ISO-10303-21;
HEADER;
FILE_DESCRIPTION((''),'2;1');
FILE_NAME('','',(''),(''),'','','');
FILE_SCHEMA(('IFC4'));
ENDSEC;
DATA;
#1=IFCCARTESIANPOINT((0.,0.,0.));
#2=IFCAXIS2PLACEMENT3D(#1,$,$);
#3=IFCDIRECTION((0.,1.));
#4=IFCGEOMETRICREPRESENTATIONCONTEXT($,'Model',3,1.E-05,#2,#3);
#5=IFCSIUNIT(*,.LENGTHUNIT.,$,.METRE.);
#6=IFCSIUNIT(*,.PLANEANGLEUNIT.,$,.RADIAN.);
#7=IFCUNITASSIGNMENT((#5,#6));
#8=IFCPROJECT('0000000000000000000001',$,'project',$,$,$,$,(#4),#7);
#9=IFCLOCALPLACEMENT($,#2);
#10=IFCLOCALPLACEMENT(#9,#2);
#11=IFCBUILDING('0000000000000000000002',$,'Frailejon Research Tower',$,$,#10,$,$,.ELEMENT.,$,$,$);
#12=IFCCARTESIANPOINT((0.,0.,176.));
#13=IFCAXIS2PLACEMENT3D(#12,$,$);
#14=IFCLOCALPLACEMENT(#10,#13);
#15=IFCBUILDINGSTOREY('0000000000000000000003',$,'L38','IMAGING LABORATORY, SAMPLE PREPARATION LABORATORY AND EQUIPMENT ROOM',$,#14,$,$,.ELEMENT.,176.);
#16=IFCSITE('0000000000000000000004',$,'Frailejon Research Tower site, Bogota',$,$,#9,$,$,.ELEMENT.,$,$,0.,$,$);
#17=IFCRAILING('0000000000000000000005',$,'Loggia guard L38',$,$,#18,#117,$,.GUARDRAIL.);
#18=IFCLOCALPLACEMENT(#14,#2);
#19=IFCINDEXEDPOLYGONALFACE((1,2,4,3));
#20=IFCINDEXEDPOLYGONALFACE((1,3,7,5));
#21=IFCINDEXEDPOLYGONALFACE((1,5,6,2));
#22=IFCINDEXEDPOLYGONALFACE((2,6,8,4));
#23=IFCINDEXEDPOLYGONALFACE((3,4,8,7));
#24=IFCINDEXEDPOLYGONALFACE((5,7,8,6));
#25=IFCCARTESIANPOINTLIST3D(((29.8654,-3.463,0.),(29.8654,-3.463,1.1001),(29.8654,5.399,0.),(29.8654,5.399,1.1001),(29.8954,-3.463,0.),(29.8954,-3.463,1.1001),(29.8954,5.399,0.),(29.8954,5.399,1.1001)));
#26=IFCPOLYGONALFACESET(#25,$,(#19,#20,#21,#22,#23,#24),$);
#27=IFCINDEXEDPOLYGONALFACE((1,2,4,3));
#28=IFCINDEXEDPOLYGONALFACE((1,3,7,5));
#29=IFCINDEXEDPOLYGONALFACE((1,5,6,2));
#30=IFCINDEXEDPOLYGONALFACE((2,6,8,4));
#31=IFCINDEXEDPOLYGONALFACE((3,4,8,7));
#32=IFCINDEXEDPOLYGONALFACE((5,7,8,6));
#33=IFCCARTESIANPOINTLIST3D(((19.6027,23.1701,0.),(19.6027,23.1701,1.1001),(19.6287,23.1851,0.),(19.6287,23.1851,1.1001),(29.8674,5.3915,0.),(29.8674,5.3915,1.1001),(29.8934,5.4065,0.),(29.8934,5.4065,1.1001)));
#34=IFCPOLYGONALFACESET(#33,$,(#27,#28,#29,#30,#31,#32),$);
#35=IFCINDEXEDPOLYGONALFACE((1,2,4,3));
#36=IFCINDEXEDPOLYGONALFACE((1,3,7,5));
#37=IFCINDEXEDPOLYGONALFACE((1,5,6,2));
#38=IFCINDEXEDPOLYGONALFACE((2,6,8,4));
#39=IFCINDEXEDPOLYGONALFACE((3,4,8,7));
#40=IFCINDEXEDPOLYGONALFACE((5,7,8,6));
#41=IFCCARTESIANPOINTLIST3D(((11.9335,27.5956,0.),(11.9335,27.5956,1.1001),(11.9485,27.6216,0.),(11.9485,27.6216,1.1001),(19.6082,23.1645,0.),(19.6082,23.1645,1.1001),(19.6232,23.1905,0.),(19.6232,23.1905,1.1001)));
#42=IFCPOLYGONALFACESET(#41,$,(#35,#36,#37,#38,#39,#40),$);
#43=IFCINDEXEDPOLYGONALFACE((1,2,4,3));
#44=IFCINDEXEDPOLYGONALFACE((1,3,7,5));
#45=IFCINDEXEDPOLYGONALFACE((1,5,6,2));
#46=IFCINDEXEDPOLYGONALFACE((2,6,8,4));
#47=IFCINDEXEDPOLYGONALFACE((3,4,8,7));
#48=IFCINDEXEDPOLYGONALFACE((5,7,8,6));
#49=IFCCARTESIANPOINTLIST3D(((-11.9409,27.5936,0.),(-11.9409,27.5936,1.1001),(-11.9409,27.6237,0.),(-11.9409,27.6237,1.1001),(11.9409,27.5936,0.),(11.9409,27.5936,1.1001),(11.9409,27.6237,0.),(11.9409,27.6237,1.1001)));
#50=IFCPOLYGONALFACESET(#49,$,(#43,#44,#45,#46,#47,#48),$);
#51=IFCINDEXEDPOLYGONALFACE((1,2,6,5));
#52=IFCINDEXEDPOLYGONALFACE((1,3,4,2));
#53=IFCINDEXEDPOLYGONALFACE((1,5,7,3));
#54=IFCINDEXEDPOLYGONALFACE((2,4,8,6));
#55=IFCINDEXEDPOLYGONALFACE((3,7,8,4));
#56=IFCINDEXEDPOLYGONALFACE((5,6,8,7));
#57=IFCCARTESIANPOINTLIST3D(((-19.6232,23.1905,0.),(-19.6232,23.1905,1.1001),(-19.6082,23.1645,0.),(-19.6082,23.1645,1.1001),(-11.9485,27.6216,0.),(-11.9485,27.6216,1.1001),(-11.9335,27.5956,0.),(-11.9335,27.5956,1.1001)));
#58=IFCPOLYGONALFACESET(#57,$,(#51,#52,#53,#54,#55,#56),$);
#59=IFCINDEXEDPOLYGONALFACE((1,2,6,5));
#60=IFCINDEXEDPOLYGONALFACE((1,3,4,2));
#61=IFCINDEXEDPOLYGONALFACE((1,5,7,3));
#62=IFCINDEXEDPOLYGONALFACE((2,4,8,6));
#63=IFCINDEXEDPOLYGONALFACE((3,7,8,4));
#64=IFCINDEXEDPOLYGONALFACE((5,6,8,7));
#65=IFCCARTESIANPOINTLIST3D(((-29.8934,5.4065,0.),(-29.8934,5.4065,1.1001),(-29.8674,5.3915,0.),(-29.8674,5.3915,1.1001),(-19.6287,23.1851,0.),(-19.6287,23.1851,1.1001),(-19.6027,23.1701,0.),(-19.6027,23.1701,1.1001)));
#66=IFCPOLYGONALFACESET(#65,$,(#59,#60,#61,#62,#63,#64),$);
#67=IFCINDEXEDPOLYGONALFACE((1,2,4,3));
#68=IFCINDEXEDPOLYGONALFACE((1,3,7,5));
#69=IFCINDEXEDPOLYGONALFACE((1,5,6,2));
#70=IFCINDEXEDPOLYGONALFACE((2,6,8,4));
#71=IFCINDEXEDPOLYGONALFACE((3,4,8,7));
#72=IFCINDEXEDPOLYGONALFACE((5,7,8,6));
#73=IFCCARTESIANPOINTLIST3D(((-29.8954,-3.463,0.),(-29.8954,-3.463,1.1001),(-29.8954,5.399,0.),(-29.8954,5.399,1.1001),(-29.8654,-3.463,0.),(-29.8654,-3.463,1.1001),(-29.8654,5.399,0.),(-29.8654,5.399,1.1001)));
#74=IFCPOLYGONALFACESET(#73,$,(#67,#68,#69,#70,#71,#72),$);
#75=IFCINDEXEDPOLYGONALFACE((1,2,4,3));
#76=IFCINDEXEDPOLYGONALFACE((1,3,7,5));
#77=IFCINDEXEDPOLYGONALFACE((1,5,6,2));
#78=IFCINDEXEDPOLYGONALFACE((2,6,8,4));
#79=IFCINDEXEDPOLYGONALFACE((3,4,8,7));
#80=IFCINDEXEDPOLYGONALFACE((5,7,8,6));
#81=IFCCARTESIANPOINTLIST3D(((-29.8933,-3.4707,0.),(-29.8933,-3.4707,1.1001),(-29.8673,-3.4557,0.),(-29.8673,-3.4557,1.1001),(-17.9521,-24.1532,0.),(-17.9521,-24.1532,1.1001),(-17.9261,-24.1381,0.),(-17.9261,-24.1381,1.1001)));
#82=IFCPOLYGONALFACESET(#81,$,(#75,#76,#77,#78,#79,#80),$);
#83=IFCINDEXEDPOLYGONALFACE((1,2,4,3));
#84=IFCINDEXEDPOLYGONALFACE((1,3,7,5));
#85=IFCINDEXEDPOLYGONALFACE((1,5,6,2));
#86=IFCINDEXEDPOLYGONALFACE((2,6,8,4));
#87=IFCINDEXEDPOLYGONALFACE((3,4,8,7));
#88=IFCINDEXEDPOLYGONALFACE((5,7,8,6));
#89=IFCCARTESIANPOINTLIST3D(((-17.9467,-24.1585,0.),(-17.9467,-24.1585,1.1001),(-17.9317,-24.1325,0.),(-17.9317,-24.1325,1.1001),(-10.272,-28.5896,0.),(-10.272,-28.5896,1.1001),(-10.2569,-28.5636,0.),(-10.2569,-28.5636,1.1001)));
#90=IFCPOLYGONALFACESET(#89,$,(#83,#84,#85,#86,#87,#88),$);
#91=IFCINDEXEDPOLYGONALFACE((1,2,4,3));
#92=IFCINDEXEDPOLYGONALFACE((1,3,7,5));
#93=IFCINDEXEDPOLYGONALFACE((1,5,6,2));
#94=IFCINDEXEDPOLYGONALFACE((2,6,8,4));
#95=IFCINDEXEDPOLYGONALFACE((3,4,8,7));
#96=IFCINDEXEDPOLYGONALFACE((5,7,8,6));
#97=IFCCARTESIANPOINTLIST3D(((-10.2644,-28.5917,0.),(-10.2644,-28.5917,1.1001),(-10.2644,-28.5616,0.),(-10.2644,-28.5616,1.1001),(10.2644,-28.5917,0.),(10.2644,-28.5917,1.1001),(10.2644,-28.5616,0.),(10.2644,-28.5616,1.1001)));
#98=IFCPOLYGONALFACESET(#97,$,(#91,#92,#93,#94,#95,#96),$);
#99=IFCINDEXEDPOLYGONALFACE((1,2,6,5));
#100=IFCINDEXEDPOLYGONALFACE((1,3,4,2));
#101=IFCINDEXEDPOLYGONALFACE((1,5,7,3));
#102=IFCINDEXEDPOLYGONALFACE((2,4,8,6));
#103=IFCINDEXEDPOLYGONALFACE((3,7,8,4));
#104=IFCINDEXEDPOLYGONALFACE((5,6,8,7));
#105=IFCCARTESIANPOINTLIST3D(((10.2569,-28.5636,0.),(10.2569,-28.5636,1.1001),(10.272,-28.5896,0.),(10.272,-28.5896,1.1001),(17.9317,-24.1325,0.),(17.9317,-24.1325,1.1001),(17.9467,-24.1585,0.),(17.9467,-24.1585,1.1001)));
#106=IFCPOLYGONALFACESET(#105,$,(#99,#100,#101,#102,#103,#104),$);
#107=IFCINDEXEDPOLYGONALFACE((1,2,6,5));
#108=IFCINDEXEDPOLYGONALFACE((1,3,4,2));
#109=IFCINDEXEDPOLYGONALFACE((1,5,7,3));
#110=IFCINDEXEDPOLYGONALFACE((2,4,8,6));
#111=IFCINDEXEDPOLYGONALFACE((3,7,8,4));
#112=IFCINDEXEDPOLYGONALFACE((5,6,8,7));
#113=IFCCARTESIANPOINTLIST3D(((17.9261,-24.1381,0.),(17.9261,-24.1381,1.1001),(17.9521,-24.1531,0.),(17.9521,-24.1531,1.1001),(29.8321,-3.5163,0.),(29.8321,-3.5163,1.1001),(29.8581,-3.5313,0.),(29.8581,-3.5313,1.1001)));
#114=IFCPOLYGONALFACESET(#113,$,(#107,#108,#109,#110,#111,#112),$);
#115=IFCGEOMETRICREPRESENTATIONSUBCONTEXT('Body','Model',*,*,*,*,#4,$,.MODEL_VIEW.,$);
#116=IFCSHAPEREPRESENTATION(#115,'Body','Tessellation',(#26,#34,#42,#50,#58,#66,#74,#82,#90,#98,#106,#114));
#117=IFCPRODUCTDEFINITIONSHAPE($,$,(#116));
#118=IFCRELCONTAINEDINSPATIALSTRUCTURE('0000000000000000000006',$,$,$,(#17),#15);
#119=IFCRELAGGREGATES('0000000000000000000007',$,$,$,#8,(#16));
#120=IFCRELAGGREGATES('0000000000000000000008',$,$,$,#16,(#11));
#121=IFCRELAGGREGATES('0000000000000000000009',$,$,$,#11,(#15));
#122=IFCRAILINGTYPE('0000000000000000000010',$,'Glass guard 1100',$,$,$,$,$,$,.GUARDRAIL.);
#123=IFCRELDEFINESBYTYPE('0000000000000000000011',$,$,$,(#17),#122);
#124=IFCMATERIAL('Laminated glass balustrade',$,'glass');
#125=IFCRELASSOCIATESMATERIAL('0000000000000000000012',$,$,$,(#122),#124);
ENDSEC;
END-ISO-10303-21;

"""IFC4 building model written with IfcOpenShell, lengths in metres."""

from ifc_helpers import new_model, si_unit, direction, frame, origin, origin_2d, place, context, subcontext, project, spatial, rectangle, extrude, material, type_object, element, save


model = new_model("IFC4")

# Units and contexts
model_context = context("Model", 3, precision=1e-05, world=origin(), true_north=direction((0.0, 1.0)))
body_context = subcontext(model_context, "Body", "Model", "MODEL_VIEW")
ifc_project = project(units=[si_unit("LENGTHUNIT", "METRE"), si_unit("PLANEANGLEUNIT", "RADIAN")], contexts=[model_context])

# Site, building, storey
site_placement = place(None, origin())
site = spatial("IfcSite", under=ifc_project, at=site_placement, Name="Frailejon Research Tower site, Bogota", CompositionType="ELEMENT", RefElevation=0.0)
building_placement = place(site_placement, origin())
building = spatial("IfcBuilding", under=site, at=building_placement, Name="Frailejon Research Tower", CompositionType="ELEMENT")
storey_placement = place(building_placement, frame((0.0, 0.0, 176.0)))
storey = spatial("IfcBuildingStorey", under=building, at=storey_placement, Name="L38", Description="IMAGING LABORATORY, SAMPLE PREPARATION LABORATORY AND EQUIPMENT ROOM", CompositionType="ELEMENT", Elevation=176.0)

# Railing
ifc_material_1 = material(Name="Laminated glass balustrade", Category="glass")
railing_type = type_object("IfcRailingType", Name="Glass guard 1100", PredefinedType="GUARDRAIL", material=ifc_material_1)
railing_placement = place(storey_placement, frame((29.8804, -3.4631, 0.0)))
element("IfcRailing", 1, at=railing_placement, inside=storey, type_object=railing_type, Name="Loggia guard L38", PredefinedType="GUARDRAIL", context=body_context, shape_type="SweptSolid", body=[
    extrude(rectangle(XDim=8.8621, YDim=0.03, at=origin_2d()), frame((0.0, 4.4312, 0.0), z_axis=(0.0, 0.0, 1.0), x_axis=(0.0, 1.0, 0.0)), (0.0, 0.0, 1.0), 1.1001),
    extrude(rectangle(XDim=20.5291, YDim=0.03, at=origin_2d()), frame((-5.1323, 17.7515, 0.0), z_axis=(0.0, 0.0, 1.0), x_axis=(-0.500007, 0.866021, 0.0)), (0.0, 0.0, 1.0), 1.1001),
    extrude(rectangle(XDim=8.8621, YDim=0.03, at=origin_2d()), frame((-14.1021, 28.8562, 0.0), z_axis=(0.0, 0.0, 1.0), x_axis=(-0.86602, 0.500009, 0.0)), (0.0, 0.0, 1.0), 1.1001),
    extrude(rectangle(XDim=23.8818, YDim=0.03, at=origin_2d()), frame((-29.8804, 31.0718, 0.0), z_axis=(0.0, 0.0, 1.0), x_axis=(-1.0, 0.0, 0.0)), (0.0, 0.0, 1.0), 1.1001),
    extrude(rectangle(XDim=8.8621, YDim=0.03, at=origin_2d()), frame((-45.6587, 28.8562, 0.0), z_axis=(0.0, 0.0, 1.0), x_axis=(-0.86602, -0.500009, 0.0)), (0.0, 0.0, 1.0), 1.1001),
    extrude(rectangle(XDim=20.5291, YDim=0.03, at=origin_2d()), frame((-54.6284, 17.7515, 0.0), z_axis=(0.0, 0.0, 1.0), x_axis=(-0.500007, -0.866021, 0.0)), (0.0, 0.0, 1.0), 1.1001),
    extrude(rectangle(XDim=8.8621, YDim=0.03, at=origin_2d()), frame((-59.7607, 4.4312, 0.0), z_axis=(0.0, 0.0, 1.0), x_axis=(0.0, -1.0, 0.0)), (0.0, 0.0, 1.0), 1.1001),
    extrude(rectangle(XDim=23.8821, YDim=0.03, at=origin_2d()), frame((-53.79, -10.3413, 0.0), z_axis=(0.0, 0.0, 1.0), x_axis=(0.500006, -0.866022, 0.0)), (0.0, 0.0, 1.0), 1.1001),
    extrude(rectangle(XDim=8.8621, YDim=0.03, at=origin_2d()), frame((-43.9822, -22.8979, 0.0), z_axis=(0.0, 0.0, 1.0), x_axis=(0.86602, -0.500009, 0.0)), (0.0, 0.0, 1.0), 1.1001),
    extrude(rectangle(XDim=20.5288, YDim=0.03, at=origin_2d()), frame((-29.8804, -25.1135, 0.0), z_axis=(0.0, 0.0, 1.0), x_axis=(1.0, 0.0, 0.0)), (0.0, 0.0, 1.0), 1.1001),
    extrude(rectangle(XDim=8.8621, YDim=0.03, at=origin_2d()), frame((-15.7786, -22.8979, 0.0), z_axis=(0.0, 0.0, 1.0), x_axis=(0.86602, 0.500009, 0.0)), (0.0, 0.0, 1.0), 1.1001),
    extrude(rectangle(XDim=23.812, YDim=0.03, at=origin_2d()), frame((-5.9883, -10.3716, 0.0), z_axis=(0.0, 0.0, 1.0), x_axis=(0.5, 0.866026, 0.0)), (0.0, 0.0, 1.0), 1.1001),
])

save(model, "model.ifc")
